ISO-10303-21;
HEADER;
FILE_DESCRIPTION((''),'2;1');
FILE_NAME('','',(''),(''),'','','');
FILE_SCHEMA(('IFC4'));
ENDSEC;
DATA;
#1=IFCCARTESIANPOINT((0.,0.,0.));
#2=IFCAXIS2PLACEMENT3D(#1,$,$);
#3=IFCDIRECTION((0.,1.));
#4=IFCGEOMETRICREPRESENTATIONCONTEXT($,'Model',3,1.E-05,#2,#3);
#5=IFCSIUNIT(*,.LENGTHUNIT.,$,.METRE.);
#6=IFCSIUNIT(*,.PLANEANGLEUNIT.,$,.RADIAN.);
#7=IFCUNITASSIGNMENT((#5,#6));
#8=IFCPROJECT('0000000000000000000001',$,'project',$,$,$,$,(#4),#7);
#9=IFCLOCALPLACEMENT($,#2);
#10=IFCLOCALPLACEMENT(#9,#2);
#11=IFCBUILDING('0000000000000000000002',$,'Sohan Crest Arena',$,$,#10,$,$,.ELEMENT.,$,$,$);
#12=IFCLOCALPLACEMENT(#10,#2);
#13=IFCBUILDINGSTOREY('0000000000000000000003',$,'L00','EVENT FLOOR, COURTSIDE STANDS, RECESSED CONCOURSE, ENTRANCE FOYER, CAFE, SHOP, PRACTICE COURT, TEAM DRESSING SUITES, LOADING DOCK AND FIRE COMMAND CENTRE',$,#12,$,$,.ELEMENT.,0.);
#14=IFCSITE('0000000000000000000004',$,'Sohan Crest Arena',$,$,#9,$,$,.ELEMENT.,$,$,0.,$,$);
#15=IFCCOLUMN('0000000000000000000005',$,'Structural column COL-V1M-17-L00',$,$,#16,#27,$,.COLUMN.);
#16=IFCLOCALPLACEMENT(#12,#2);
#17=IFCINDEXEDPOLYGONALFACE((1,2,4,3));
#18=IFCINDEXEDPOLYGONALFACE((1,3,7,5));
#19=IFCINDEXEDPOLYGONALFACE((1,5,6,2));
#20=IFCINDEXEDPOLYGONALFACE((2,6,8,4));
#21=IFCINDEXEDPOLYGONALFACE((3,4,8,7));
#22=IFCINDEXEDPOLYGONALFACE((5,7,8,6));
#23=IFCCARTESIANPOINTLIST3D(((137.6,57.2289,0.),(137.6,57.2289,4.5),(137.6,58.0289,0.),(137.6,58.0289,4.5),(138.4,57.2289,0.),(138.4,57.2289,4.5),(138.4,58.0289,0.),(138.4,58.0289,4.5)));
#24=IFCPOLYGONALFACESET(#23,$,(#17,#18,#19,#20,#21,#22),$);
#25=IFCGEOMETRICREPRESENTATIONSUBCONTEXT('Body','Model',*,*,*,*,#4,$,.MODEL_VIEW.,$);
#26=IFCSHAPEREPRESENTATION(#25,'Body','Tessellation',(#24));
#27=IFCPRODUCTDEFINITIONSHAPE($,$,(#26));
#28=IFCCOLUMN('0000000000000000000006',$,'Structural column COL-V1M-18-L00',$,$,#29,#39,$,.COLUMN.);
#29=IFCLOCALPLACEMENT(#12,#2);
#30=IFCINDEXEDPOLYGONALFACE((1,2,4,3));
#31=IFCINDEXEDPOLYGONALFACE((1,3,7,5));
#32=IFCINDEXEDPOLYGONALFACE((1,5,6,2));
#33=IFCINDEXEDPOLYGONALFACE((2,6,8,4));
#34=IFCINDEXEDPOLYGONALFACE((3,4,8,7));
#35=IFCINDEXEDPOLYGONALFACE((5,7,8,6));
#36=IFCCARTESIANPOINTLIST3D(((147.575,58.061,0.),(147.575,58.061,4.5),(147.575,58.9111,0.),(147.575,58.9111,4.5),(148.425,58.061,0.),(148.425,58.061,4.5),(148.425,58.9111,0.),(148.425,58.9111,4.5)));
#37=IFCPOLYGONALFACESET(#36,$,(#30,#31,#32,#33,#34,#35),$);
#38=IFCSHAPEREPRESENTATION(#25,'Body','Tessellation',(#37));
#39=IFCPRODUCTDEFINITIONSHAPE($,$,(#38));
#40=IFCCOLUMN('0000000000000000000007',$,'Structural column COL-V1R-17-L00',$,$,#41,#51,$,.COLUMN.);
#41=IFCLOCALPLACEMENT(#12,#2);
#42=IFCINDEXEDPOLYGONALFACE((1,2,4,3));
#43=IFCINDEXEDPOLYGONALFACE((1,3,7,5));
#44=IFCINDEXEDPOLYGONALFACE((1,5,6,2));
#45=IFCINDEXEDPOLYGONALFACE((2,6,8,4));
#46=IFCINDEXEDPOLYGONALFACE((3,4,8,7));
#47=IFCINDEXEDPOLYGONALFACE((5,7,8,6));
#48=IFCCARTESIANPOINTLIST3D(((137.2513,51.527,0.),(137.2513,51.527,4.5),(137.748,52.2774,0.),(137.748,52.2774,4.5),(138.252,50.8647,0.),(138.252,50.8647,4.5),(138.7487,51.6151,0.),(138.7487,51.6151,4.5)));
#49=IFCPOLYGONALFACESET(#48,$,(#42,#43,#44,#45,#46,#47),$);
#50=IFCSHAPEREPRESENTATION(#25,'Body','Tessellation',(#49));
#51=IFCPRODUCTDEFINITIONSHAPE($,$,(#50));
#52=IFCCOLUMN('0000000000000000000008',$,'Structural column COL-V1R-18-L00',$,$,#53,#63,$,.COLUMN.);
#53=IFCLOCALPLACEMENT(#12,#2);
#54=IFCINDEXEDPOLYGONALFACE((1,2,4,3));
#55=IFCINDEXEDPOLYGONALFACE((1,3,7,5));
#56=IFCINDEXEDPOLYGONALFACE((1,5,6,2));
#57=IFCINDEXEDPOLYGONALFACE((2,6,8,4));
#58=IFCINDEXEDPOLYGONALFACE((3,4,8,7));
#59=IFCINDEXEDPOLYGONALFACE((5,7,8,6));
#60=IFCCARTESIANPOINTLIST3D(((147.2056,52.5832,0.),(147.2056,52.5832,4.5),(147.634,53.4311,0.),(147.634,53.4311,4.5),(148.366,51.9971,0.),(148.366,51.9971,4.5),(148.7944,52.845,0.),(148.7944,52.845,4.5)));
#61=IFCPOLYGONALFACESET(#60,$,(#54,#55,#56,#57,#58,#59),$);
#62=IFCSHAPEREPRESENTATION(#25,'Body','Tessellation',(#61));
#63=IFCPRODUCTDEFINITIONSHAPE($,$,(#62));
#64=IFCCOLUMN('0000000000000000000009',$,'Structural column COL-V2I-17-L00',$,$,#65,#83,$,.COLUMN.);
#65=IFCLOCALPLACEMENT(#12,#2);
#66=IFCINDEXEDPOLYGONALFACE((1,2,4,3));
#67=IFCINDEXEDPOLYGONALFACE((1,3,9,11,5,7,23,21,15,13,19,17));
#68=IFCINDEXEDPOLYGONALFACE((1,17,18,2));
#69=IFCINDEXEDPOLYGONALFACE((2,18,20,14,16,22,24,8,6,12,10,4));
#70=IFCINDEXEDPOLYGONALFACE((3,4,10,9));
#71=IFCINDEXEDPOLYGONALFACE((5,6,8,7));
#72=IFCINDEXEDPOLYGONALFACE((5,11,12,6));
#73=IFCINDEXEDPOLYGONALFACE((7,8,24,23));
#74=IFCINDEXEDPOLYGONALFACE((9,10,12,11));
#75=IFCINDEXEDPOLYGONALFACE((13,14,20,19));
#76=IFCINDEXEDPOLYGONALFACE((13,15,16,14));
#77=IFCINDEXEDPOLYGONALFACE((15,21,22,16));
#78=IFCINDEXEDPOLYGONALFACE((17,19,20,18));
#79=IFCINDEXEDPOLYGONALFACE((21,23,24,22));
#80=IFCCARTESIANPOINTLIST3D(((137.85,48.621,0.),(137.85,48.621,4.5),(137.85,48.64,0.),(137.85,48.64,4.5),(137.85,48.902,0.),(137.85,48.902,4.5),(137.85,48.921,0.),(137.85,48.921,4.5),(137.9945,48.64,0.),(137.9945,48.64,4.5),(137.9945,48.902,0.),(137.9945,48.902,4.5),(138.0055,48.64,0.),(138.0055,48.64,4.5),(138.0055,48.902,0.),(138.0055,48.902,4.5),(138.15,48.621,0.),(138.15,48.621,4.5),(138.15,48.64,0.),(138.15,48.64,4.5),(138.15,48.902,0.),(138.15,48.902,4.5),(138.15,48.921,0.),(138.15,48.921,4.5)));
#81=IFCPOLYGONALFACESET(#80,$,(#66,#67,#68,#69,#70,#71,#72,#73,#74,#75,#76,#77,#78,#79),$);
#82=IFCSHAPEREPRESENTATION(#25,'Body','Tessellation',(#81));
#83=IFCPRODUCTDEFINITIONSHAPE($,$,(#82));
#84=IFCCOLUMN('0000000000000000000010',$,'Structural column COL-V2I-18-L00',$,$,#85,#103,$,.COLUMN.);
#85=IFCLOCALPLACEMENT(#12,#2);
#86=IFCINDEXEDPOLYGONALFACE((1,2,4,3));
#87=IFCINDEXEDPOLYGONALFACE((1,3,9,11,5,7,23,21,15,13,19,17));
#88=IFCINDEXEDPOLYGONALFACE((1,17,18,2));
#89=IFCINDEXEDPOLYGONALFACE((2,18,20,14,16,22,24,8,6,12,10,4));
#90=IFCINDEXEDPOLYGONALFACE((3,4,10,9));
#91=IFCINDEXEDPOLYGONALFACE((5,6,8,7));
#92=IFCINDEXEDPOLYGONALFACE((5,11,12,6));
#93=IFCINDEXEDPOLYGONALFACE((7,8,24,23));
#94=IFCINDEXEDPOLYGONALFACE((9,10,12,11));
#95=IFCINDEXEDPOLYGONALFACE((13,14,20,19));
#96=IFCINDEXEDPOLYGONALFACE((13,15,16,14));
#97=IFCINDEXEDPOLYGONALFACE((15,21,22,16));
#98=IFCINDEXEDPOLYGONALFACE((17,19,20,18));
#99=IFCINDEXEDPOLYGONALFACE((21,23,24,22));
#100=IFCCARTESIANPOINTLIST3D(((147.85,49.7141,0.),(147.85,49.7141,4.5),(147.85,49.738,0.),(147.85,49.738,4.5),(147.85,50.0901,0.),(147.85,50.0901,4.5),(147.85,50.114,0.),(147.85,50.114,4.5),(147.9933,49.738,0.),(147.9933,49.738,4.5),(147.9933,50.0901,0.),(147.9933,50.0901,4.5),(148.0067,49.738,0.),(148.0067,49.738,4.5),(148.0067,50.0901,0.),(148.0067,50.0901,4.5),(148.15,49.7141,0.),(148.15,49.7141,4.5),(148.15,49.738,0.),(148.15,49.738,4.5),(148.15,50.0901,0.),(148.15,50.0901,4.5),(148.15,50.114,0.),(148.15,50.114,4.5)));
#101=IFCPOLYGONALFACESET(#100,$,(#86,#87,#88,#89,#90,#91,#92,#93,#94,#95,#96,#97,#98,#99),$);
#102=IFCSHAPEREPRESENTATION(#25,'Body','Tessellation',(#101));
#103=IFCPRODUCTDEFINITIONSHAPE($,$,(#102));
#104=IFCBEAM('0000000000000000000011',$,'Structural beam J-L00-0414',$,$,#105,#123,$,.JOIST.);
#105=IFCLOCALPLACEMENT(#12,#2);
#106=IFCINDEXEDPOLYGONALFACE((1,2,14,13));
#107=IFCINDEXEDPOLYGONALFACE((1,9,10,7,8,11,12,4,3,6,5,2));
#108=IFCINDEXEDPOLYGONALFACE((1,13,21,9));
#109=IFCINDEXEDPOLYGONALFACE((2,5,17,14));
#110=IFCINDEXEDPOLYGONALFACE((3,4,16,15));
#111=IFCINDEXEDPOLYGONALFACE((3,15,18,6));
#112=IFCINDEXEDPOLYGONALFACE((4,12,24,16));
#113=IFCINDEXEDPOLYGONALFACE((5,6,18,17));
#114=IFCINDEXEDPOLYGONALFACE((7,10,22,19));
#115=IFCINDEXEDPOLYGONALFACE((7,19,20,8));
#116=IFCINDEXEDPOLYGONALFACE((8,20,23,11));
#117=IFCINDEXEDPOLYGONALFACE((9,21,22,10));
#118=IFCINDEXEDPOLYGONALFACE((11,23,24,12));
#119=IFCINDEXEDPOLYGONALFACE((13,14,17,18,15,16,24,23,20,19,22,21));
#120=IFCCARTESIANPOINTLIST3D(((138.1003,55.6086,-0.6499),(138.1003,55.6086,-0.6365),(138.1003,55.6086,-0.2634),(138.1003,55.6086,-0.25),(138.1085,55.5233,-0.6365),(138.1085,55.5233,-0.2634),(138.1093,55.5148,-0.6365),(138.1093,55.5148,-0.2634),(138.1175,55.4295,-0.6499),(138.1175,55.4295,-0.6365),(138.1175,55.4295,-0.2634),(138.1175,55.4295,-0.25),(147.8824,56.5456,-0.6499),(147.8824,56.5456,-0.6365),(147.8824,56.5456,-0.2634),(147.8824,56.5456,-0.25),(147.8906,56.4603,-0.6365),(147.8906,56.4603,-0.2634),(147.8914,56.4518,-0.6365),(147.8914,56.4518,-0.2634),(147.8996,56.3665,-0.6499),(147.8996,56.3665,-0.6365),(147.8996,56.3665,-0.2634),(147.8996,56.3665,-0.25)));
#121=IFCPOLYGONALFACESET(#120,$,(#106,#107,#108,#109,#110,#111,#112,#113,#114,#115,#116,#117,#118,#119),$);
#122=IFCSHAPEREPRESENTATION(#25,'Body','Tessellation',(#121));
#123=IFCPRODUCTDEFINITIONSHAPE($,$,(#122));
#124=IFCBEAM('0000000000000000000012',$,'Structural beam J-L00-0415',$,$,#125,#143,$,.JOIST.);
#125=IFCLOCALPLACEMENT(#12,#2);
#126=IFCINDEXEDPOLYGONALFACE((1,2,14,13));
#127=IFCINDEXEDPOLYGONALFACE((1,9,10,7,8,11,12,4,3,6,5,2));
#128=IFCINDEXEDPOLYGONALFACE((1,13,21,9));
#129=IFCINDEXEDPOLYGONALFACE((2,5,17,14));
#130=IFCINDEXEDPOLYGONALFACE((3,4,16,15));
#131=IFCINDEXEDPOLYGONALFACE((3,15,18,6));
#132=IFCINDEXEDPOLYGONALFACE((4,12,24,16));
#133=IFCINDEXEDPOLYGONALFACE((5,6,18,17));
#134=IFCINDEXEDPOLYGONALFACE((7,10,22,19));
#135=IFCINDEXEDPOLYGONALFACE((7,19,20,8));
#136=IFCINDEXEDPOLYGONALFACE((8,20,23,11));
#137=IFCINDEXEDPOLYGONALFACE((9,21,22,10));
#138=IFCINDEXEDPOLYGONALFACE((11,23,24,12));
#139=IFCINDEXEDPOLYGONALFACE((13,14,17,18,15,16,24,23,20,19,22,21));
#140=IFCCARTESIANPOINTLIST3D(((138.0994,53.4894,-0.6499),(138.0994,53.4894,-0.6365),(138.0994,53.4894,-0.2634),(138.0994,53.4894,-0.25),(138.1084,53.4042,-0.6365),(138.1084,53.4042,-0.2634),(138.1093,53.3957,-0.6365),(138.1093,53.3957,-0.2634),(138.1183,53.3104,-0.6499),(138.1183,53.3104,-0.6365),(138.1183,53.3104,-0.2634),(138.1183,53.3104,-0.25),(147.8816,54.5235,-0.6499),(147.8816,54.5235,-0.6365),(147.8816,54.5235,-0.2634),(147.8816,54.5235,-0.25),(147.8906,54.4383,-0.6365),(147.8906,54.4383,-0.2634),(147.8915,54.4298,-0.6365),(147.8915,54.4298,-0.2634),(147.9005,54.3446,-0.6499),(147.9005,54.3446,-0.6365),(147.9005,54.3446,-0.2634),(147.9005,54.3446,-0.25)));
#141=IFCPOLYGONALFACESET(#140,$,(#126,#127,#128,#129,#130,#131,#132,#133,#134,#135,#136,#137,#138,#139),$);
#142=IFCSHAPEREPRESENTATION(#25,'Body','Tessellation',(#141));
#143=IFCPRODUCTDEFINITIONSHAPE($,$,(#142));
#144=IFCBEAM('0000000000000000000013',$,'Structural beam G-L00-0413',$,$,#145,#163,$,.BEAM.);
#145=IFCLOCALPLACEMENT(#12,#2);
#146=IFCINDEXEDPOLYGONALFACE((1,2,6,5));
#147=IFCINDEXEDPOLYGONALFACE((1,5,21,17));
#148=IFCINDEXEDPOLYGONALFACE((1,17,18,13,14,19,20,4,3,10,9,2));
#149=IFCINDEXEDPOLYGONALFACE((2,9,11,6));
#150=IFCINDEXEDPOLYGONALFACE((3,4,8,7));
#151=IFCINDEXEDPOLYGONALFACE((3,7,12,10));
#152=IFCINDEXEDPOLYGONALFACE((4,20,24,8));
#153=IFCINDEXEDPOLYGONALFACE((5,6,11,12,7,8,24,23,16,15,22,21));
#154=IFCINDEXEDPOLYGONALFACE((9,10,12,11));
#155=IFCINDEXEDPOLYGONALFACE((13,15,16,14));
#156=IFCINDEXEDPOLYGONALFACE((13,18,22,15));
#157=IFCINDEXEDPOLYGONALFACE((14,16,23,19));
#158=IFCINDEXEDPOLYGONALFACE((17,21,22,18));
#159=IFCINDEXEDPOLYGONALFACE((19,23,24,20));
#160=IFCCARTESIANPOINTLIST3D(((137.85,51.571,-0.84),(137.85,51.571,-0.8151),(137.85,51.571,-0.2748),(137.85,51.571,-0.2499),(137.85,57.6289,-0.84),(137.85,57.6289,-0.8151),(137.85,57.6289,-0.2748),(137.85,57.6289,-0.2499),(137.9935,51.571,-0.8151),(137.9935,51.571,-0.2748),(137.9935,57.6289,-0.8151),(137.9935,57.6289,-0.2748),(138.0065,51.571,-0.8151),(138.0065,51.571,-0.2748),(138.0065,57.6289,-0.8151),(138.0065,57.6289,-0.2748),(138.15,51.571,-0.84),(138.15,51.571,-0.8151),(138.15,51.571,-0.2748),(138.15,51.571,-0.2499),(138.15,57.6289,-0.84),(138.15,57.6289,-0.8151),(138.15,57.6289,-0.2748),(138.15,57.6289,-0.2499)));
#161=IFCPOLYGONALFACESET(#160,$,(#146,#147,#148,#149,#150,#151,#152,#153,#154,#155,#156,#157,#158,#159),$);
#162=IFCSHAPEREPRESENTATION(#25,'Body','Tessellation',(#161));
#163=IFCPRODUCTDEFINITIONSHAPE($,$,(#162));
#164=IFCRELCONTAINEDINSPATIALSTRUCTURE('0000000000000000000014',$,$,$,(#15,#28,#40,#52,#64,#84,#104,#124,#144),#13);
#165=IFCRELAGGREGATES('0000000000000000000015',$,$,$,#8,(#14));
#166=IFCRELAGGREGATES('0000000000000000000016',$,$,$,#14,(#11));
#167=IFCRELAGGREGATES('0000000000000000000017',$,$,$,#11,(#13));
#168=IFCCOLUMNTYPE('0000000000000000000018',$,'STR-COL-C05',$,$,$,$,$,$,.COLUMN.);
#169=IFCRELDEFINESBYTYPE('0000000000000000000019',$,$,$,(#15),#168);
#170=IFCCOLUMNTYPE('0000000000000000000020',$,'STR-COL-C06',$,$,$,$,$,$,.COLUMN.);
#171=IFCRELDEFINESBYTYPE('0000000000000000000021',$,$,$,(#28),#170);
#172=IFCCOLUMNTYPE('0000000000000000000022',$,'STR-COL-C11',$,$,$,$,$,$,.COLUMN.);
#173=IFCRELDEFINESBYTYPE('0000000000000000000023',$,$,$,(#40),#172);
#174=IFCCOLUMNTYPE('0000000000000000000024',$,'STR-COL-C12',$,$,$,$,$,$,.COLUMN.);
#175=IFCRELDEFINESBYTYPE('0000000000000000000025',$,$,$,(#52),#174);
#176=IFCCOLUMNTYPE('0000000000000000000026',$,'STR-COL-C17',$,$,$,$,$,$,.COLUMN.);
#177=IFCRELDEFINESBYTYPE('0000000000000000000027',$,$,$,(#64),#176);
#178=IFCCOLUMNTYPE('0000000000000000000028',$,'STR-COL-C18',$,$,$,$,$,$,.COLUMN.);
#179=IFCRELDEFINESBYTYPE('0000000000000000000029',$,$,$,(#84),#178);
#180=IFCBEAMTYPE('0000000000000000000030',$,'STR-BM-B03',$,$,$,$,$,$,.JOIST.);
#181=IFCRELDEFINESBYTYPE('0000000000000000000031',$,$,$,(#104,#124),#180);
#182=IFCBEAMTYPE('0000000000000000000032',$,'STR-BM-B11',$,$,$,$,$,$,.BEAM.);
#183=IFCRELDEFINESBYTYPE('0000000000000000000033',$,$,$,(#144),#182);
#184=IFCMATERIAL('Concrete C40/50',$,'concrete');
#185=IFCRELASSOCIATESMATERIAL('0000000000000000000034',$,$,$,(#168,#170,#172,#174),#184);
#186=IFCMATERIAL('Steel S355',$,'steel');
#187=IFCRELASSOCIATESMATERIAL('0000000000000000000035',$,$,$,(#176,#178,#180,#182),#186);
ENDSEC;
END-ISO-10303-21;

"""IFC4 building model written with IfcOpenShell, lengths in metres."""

from ifc_helpers import new_model, si_unit, direction, frame, origin, origin_2d, place, context, subcontext, project, spatial, rectangle, i_section, extrude, material, material_profile, profile_set, type_object, element, save


model = new_model("IFC4")

# Units and contexts
model_context = context("Model", 3, precision=1e-05, world=origin(), true_north=direction((0.0, 1.0)))
body_context = subcontext(model_context, "Body", "Model", "MODEL_VIEW")
ifc_project = project(units=[si_unit("LENGTHUNIT", "METRE"), si_unit("PLANEANGLEUNIT", "RADIAN")], contexts=[model_context])

# Site, building, storey
site_placement = place(None, origin())
site = spatial("IfcSite", under=ifc_project, at=site_placement, Name="Sohan Crest Arena", CompositionType="ELEMENT", RefElevation=0.0)
building_placement = place(site_placement, origin())
building = spatial("IfcBuilding", under=site, at=building_placement, Name="Sohan Crest Arena", CompositionType="ELEMENT")
storey_placement = place(building_placement, origin())
storey = spatial("IfcBuildingStorey", under=building, at=storey_placement, Name="L00", Description="EVENT FLOOR, COURTSIDE STANDS, RECESSED CONCOURSE, ENTRANCE FOYER, CAFE, SHOP, PRACTICE COURT, TEAM DRESSING SUITES, LOADING DOCK AND FIRE COMMAND CENTRE", CompositionType="ELEMENT", Elevation=0.0)

# Columns
ifc_material_1 = material(Name="Concrete C40/50", Category="concrete")
ifc_material_profile_1 = material_profile(ifc_material_1, rectangle(XDim=0.8, YDim=0.8, at=origin_2d()), Name="RC 800x800")
ifc_profile_set_1 = profile_set([ifc_material_profile_1], Name="Concrete C40/50")
column_type_1 = type_object("IfcColumnType", Name="STR-COL-C05", PredefinedType="COLUMN", material=ifc_profile_set_1)
column_1_placement = place(storey_placement, frame((138.0, 57.6289, 0.0), z_axis=(0.0, 0.0, 1.0), x_axis=(1.0, 0.0, 0.0)))
element("IfcColumn", 1, at=column_1_placement, inside=storey, type_object=column_type_1, Name="Structural column COL-V1M-17-L00", PredefinedType="COLUMN", context=body_context, shape_type="SweptSolid", body=[
    extrude(rectangle(XDim=0.8, YDim=0.8, at=origin_2d()), origin(), (0.0, 0.0, 1.0), 4.5),
])
ifc_material_profile_2 = material_profile(ifc_material_1, rectangle(XDim=0.8501, YDim=0.8501, at=origin_2d()), Name="RC 850x850")
ifc_profile_set_2 = profile_set([ifc_material_profile_2], Name="Concrete C40/50")
column_type_2 = type_object("IfcColumnType", Name="STR-COL-C06", PredefinedType="COLUMN", material=ifc_profile_set_2)
column_2_placement = place(storey_placement, frame((148.0, 58.4861, 0.0), z_axis=(0.0, 0.0, 1.0), x_axis=(1.0, 0.0, 0.0)))
element("IfcColumn", 2, at=column_2_placement, inside=storey, type_object=column_type_2, Name="Structural column COL-V1M-18-L00", PredefinedType="COLUMN", context=body_context, shape_type="SweptSolid", body=[
    extrude(rectangle(XDim=0.8501, YDim=0.8501, at=origin_2d()), origin(), (0.0, 0.0, 1.0), 4.5),
])
ifc_material_profile_3 = material_profile(ifc_material_1, rectangle(XDim=1.2, YDim=0.8999, at=origin_2d()), Name="RC 1200x900")
ifc_profile_set_3 = profile_set([ifc_material_profile_3], Name="Concrete C40/50")
column_type_3 = type_object("IfcColumnType", Name="STR-COL-C11", PredefinedType="COLUMN", material=ifc_profile_set_3)
column_3_placement = place(storey_placement, frame((138.0, 51.571, 0.0), z_axis=(0.0, 0.0, 1.0), x_axis=(-0.833886, 0.551937, 0.0)))
element("IfcColumn", 3, at=column_3_placement, inside=storey, type_object=column_type_3, Name="Structural column COL-V1R-17-L00", PredefinedType="COLUMN", context=body_context, shape_type="SweptSolid", body=[
    extrude(rectangle(XDim=1.2, YDim=0.8999, at=origin_2d()), origin(), (0.0, 0.0, 1.0), 4.5),
])
ifc_material_profile_4 = material_profile(ifc_material_1, rectangle(XDim=1.3, YDim=0.95, at=origin_2d()), Name="RC 1300x950")
ifc_profile_set_4 = profile_set([ifc_material_profile_4], Name="Concrete C40/50")
column_type_4 = type_object("IfcColumnType", Name="STR-COL-C12", PredefinedType="COLUMN", material=ifc_profile_set_4)
column_4_placement = place(storey_placement, frame((148.0, 52.7141, 0.0), z_axis=(0.0, 0.0, 1.0), x_axis=(-0.892586, 0.450878, 0.0)))
element("IfcColumn", 4, at=column_4_placement, inside=storey, type_object=column_type_4, Name="Structural column COL-V1R-18-L00", PredefinedType="COLUMN", context=body_context, shape_type="SweptSolid", body=[
    extrude(rectangle(XDim=1.3, YDim=0.95, at=origin_2d()), origin(), (0.0, 0.0, 1.0), 4.5),
])
ifc_material_2 = material(Name="Steel S355", Category="steel")
ifc_material_profile_5 = material_profile(ifc_material_2, i_section(OverallWidth=0.3, OverallDepth=0.3, WebThickness=0.011, FlangeThickness=0.019, at=origin_2d()), Name="HEB 300")
ifc_profile_set_5 = profile_set([ifc_material_profile_5], Name="Steel S355")
column_type_5 = type_object("IfcColumnType", Name="STR-COL-C17", PredefinedType="COLUMN", material=ifc_profile_set_5)
column_5_placement = place(storey_placement, frame((138.0, 48.771, 0.0), z_axis=(0.0, 0.0, 1.0), x_axis=(1.0, 0.0, 0.0)))
element("IfcColumn", 5, at=column_5_placement, inside=storey, type_object=column_type_5, Name="Structural column COL-V2I-17-L00", PredefinedType="COLUMN", context=body_context, shape_type="SweptSolid", body=[
    extrude(i_section(OverallWidth=0.3, OverallDepth=0.3, WebThickness=0.011, FlangeThickness=0.019, at=origin_2d()), origin(), (0.0, 0.0, 1.0), 4.5),
])
ifc_material_profile_6 = material_profile(ifc_material_2, i_section(OverallWidth=0.3, OverallDepth=0.3999, WebThickness=0.0134, FlangeThickness=0.0239, at=origin_2d()), Name="HEB 400")
ifc_profile_set_6 = profile_set([ifc_material_profile_6], Name="Steel S355")
column_type_6 = type_object("IfcColumnType", Name="STR-COL-C18", PredefinedType="COLUMN", material=ifc_profile_set_6)
column_6_placement = place(storey_placement, frame((148.0, 49.9141, 0.0), z_axis=(0.0, 0.0, 1.0), x_axis=(1.0, 0.0, 0.0)))
element("IfcColumn", 6, at=column_6_placement, inside=storey, type_object=column_type_6, Name="Structural column COL-V2I-18-L00", PredefinedType="COLUMN", context=body_context, shape_type="SweptSolid", body=[
    extrude(i_section(OverallWidth=0.3, OverallDepth=0.3999, WebThickness=0.0134, FlangeThickness=0.0239, at=origin_2d()), origin(), (0.0, 0.0, 1.0), 4.5),
])

# Beams
ifc_material_profile_7 = material_profile(ifc_material_2, i_section(OverallWidth=0.1799, OverallDepth=0.3999, WebThickness=0.0085, FlangeThickness=0.0134, at=origin_2d()), Name="IPE 400")
ifc_profile_set_7 = profile_set([ifc_material_profile_7], Name="Steel S355")
beam_type_1 = type_object("IfcBeamType", Name="STR-BM-B03", PredefinedType="JOIST", material=ifc_profile_set_7)
beam_1_placement = place(storey_placement, frame((138.1089, 55.519, -0.45), z_axis=(0.995444, 0.095351, 0.0), x_axis=(-0.095351, 0.995444, 0.0)))
element("IfcBeam", 7, at=beam_1_placement, inside=storey, type_object=beam_type_1, Name="Structural beam J-L00-0414", PredefinedType="JOIST", context=body_context, shape_type="SweptSolid", body=[
    extrude(i_section(OverallWidth=0.1799, OverallDepth=0.3999, WebThickness=0.0085, FlangeThickness=0.0134, at=origin_2d()), origin(), (0.0, 0.0, 1.0), 9.8269),
])
beam_2_placement = place(storey_placement, frame((138.1089, 53.3999, -0.45), z_axis=(0.994458, 0.105134, 0.0), x_axis=(-0.105134, 0.994458, 0.0)))
element("IfcBeam", 8, at=beam_2_placement, inside=storey, type_object=beam_type_1, Name="Structural beam J-L00-0415", PredefinedType="JOIST", context=body_context, shape_type="SweptSolid", body=[
    extrude(i_section(OverallWidth=0.1799, OverallDepth=0.3999, WebThickness=0.0085, FlangeThickness=0.0134, at=origin_2d()), origin(), (0.0, 0.0, 1.0), 9.8367),
])
ifc_material_profile_8 = material_profile(ifc_material_2, i_section(OverallWidth=0.3, OverallDepth=0.5901, WebThickness=0.0129, FlangeThickness=0.0249, at=origin_2d()), Name="HEA 600")
ifc_profile_set_8 = profile_set([ifc_material_profile_8], Name="Steel S355")
beam_type_2 = type_object("IfcBeamType", Name="STR-BM-B11", PredefinedType="BEAM", material=ifc_profile_set_8)
beam_3_placement = place(storey_placement, frame((138.0, 57.6289, -0.5449), z_axis=(0.0, -1.0, 0.0), x_axis=(1.0, 0.0, 0.0)))
element("IfcBeam", 9, at=beam_3_placement, inside=storey, type_object=beam_type_2, Name="Structural beam G-L00-0413", PredefinedType="BEAM", context=body_context, shape_type="SweptSolid", body=[
    extrude(i_section(OverallWidth=0.3, OverallDepth=0.5901, WebThickness=0.0129, FlangeThickness=0.0249, at=origin_2d()), origin(), (0.0, 0.0, 1.0), 6.0579),
])

save(model, "model.ifc")
